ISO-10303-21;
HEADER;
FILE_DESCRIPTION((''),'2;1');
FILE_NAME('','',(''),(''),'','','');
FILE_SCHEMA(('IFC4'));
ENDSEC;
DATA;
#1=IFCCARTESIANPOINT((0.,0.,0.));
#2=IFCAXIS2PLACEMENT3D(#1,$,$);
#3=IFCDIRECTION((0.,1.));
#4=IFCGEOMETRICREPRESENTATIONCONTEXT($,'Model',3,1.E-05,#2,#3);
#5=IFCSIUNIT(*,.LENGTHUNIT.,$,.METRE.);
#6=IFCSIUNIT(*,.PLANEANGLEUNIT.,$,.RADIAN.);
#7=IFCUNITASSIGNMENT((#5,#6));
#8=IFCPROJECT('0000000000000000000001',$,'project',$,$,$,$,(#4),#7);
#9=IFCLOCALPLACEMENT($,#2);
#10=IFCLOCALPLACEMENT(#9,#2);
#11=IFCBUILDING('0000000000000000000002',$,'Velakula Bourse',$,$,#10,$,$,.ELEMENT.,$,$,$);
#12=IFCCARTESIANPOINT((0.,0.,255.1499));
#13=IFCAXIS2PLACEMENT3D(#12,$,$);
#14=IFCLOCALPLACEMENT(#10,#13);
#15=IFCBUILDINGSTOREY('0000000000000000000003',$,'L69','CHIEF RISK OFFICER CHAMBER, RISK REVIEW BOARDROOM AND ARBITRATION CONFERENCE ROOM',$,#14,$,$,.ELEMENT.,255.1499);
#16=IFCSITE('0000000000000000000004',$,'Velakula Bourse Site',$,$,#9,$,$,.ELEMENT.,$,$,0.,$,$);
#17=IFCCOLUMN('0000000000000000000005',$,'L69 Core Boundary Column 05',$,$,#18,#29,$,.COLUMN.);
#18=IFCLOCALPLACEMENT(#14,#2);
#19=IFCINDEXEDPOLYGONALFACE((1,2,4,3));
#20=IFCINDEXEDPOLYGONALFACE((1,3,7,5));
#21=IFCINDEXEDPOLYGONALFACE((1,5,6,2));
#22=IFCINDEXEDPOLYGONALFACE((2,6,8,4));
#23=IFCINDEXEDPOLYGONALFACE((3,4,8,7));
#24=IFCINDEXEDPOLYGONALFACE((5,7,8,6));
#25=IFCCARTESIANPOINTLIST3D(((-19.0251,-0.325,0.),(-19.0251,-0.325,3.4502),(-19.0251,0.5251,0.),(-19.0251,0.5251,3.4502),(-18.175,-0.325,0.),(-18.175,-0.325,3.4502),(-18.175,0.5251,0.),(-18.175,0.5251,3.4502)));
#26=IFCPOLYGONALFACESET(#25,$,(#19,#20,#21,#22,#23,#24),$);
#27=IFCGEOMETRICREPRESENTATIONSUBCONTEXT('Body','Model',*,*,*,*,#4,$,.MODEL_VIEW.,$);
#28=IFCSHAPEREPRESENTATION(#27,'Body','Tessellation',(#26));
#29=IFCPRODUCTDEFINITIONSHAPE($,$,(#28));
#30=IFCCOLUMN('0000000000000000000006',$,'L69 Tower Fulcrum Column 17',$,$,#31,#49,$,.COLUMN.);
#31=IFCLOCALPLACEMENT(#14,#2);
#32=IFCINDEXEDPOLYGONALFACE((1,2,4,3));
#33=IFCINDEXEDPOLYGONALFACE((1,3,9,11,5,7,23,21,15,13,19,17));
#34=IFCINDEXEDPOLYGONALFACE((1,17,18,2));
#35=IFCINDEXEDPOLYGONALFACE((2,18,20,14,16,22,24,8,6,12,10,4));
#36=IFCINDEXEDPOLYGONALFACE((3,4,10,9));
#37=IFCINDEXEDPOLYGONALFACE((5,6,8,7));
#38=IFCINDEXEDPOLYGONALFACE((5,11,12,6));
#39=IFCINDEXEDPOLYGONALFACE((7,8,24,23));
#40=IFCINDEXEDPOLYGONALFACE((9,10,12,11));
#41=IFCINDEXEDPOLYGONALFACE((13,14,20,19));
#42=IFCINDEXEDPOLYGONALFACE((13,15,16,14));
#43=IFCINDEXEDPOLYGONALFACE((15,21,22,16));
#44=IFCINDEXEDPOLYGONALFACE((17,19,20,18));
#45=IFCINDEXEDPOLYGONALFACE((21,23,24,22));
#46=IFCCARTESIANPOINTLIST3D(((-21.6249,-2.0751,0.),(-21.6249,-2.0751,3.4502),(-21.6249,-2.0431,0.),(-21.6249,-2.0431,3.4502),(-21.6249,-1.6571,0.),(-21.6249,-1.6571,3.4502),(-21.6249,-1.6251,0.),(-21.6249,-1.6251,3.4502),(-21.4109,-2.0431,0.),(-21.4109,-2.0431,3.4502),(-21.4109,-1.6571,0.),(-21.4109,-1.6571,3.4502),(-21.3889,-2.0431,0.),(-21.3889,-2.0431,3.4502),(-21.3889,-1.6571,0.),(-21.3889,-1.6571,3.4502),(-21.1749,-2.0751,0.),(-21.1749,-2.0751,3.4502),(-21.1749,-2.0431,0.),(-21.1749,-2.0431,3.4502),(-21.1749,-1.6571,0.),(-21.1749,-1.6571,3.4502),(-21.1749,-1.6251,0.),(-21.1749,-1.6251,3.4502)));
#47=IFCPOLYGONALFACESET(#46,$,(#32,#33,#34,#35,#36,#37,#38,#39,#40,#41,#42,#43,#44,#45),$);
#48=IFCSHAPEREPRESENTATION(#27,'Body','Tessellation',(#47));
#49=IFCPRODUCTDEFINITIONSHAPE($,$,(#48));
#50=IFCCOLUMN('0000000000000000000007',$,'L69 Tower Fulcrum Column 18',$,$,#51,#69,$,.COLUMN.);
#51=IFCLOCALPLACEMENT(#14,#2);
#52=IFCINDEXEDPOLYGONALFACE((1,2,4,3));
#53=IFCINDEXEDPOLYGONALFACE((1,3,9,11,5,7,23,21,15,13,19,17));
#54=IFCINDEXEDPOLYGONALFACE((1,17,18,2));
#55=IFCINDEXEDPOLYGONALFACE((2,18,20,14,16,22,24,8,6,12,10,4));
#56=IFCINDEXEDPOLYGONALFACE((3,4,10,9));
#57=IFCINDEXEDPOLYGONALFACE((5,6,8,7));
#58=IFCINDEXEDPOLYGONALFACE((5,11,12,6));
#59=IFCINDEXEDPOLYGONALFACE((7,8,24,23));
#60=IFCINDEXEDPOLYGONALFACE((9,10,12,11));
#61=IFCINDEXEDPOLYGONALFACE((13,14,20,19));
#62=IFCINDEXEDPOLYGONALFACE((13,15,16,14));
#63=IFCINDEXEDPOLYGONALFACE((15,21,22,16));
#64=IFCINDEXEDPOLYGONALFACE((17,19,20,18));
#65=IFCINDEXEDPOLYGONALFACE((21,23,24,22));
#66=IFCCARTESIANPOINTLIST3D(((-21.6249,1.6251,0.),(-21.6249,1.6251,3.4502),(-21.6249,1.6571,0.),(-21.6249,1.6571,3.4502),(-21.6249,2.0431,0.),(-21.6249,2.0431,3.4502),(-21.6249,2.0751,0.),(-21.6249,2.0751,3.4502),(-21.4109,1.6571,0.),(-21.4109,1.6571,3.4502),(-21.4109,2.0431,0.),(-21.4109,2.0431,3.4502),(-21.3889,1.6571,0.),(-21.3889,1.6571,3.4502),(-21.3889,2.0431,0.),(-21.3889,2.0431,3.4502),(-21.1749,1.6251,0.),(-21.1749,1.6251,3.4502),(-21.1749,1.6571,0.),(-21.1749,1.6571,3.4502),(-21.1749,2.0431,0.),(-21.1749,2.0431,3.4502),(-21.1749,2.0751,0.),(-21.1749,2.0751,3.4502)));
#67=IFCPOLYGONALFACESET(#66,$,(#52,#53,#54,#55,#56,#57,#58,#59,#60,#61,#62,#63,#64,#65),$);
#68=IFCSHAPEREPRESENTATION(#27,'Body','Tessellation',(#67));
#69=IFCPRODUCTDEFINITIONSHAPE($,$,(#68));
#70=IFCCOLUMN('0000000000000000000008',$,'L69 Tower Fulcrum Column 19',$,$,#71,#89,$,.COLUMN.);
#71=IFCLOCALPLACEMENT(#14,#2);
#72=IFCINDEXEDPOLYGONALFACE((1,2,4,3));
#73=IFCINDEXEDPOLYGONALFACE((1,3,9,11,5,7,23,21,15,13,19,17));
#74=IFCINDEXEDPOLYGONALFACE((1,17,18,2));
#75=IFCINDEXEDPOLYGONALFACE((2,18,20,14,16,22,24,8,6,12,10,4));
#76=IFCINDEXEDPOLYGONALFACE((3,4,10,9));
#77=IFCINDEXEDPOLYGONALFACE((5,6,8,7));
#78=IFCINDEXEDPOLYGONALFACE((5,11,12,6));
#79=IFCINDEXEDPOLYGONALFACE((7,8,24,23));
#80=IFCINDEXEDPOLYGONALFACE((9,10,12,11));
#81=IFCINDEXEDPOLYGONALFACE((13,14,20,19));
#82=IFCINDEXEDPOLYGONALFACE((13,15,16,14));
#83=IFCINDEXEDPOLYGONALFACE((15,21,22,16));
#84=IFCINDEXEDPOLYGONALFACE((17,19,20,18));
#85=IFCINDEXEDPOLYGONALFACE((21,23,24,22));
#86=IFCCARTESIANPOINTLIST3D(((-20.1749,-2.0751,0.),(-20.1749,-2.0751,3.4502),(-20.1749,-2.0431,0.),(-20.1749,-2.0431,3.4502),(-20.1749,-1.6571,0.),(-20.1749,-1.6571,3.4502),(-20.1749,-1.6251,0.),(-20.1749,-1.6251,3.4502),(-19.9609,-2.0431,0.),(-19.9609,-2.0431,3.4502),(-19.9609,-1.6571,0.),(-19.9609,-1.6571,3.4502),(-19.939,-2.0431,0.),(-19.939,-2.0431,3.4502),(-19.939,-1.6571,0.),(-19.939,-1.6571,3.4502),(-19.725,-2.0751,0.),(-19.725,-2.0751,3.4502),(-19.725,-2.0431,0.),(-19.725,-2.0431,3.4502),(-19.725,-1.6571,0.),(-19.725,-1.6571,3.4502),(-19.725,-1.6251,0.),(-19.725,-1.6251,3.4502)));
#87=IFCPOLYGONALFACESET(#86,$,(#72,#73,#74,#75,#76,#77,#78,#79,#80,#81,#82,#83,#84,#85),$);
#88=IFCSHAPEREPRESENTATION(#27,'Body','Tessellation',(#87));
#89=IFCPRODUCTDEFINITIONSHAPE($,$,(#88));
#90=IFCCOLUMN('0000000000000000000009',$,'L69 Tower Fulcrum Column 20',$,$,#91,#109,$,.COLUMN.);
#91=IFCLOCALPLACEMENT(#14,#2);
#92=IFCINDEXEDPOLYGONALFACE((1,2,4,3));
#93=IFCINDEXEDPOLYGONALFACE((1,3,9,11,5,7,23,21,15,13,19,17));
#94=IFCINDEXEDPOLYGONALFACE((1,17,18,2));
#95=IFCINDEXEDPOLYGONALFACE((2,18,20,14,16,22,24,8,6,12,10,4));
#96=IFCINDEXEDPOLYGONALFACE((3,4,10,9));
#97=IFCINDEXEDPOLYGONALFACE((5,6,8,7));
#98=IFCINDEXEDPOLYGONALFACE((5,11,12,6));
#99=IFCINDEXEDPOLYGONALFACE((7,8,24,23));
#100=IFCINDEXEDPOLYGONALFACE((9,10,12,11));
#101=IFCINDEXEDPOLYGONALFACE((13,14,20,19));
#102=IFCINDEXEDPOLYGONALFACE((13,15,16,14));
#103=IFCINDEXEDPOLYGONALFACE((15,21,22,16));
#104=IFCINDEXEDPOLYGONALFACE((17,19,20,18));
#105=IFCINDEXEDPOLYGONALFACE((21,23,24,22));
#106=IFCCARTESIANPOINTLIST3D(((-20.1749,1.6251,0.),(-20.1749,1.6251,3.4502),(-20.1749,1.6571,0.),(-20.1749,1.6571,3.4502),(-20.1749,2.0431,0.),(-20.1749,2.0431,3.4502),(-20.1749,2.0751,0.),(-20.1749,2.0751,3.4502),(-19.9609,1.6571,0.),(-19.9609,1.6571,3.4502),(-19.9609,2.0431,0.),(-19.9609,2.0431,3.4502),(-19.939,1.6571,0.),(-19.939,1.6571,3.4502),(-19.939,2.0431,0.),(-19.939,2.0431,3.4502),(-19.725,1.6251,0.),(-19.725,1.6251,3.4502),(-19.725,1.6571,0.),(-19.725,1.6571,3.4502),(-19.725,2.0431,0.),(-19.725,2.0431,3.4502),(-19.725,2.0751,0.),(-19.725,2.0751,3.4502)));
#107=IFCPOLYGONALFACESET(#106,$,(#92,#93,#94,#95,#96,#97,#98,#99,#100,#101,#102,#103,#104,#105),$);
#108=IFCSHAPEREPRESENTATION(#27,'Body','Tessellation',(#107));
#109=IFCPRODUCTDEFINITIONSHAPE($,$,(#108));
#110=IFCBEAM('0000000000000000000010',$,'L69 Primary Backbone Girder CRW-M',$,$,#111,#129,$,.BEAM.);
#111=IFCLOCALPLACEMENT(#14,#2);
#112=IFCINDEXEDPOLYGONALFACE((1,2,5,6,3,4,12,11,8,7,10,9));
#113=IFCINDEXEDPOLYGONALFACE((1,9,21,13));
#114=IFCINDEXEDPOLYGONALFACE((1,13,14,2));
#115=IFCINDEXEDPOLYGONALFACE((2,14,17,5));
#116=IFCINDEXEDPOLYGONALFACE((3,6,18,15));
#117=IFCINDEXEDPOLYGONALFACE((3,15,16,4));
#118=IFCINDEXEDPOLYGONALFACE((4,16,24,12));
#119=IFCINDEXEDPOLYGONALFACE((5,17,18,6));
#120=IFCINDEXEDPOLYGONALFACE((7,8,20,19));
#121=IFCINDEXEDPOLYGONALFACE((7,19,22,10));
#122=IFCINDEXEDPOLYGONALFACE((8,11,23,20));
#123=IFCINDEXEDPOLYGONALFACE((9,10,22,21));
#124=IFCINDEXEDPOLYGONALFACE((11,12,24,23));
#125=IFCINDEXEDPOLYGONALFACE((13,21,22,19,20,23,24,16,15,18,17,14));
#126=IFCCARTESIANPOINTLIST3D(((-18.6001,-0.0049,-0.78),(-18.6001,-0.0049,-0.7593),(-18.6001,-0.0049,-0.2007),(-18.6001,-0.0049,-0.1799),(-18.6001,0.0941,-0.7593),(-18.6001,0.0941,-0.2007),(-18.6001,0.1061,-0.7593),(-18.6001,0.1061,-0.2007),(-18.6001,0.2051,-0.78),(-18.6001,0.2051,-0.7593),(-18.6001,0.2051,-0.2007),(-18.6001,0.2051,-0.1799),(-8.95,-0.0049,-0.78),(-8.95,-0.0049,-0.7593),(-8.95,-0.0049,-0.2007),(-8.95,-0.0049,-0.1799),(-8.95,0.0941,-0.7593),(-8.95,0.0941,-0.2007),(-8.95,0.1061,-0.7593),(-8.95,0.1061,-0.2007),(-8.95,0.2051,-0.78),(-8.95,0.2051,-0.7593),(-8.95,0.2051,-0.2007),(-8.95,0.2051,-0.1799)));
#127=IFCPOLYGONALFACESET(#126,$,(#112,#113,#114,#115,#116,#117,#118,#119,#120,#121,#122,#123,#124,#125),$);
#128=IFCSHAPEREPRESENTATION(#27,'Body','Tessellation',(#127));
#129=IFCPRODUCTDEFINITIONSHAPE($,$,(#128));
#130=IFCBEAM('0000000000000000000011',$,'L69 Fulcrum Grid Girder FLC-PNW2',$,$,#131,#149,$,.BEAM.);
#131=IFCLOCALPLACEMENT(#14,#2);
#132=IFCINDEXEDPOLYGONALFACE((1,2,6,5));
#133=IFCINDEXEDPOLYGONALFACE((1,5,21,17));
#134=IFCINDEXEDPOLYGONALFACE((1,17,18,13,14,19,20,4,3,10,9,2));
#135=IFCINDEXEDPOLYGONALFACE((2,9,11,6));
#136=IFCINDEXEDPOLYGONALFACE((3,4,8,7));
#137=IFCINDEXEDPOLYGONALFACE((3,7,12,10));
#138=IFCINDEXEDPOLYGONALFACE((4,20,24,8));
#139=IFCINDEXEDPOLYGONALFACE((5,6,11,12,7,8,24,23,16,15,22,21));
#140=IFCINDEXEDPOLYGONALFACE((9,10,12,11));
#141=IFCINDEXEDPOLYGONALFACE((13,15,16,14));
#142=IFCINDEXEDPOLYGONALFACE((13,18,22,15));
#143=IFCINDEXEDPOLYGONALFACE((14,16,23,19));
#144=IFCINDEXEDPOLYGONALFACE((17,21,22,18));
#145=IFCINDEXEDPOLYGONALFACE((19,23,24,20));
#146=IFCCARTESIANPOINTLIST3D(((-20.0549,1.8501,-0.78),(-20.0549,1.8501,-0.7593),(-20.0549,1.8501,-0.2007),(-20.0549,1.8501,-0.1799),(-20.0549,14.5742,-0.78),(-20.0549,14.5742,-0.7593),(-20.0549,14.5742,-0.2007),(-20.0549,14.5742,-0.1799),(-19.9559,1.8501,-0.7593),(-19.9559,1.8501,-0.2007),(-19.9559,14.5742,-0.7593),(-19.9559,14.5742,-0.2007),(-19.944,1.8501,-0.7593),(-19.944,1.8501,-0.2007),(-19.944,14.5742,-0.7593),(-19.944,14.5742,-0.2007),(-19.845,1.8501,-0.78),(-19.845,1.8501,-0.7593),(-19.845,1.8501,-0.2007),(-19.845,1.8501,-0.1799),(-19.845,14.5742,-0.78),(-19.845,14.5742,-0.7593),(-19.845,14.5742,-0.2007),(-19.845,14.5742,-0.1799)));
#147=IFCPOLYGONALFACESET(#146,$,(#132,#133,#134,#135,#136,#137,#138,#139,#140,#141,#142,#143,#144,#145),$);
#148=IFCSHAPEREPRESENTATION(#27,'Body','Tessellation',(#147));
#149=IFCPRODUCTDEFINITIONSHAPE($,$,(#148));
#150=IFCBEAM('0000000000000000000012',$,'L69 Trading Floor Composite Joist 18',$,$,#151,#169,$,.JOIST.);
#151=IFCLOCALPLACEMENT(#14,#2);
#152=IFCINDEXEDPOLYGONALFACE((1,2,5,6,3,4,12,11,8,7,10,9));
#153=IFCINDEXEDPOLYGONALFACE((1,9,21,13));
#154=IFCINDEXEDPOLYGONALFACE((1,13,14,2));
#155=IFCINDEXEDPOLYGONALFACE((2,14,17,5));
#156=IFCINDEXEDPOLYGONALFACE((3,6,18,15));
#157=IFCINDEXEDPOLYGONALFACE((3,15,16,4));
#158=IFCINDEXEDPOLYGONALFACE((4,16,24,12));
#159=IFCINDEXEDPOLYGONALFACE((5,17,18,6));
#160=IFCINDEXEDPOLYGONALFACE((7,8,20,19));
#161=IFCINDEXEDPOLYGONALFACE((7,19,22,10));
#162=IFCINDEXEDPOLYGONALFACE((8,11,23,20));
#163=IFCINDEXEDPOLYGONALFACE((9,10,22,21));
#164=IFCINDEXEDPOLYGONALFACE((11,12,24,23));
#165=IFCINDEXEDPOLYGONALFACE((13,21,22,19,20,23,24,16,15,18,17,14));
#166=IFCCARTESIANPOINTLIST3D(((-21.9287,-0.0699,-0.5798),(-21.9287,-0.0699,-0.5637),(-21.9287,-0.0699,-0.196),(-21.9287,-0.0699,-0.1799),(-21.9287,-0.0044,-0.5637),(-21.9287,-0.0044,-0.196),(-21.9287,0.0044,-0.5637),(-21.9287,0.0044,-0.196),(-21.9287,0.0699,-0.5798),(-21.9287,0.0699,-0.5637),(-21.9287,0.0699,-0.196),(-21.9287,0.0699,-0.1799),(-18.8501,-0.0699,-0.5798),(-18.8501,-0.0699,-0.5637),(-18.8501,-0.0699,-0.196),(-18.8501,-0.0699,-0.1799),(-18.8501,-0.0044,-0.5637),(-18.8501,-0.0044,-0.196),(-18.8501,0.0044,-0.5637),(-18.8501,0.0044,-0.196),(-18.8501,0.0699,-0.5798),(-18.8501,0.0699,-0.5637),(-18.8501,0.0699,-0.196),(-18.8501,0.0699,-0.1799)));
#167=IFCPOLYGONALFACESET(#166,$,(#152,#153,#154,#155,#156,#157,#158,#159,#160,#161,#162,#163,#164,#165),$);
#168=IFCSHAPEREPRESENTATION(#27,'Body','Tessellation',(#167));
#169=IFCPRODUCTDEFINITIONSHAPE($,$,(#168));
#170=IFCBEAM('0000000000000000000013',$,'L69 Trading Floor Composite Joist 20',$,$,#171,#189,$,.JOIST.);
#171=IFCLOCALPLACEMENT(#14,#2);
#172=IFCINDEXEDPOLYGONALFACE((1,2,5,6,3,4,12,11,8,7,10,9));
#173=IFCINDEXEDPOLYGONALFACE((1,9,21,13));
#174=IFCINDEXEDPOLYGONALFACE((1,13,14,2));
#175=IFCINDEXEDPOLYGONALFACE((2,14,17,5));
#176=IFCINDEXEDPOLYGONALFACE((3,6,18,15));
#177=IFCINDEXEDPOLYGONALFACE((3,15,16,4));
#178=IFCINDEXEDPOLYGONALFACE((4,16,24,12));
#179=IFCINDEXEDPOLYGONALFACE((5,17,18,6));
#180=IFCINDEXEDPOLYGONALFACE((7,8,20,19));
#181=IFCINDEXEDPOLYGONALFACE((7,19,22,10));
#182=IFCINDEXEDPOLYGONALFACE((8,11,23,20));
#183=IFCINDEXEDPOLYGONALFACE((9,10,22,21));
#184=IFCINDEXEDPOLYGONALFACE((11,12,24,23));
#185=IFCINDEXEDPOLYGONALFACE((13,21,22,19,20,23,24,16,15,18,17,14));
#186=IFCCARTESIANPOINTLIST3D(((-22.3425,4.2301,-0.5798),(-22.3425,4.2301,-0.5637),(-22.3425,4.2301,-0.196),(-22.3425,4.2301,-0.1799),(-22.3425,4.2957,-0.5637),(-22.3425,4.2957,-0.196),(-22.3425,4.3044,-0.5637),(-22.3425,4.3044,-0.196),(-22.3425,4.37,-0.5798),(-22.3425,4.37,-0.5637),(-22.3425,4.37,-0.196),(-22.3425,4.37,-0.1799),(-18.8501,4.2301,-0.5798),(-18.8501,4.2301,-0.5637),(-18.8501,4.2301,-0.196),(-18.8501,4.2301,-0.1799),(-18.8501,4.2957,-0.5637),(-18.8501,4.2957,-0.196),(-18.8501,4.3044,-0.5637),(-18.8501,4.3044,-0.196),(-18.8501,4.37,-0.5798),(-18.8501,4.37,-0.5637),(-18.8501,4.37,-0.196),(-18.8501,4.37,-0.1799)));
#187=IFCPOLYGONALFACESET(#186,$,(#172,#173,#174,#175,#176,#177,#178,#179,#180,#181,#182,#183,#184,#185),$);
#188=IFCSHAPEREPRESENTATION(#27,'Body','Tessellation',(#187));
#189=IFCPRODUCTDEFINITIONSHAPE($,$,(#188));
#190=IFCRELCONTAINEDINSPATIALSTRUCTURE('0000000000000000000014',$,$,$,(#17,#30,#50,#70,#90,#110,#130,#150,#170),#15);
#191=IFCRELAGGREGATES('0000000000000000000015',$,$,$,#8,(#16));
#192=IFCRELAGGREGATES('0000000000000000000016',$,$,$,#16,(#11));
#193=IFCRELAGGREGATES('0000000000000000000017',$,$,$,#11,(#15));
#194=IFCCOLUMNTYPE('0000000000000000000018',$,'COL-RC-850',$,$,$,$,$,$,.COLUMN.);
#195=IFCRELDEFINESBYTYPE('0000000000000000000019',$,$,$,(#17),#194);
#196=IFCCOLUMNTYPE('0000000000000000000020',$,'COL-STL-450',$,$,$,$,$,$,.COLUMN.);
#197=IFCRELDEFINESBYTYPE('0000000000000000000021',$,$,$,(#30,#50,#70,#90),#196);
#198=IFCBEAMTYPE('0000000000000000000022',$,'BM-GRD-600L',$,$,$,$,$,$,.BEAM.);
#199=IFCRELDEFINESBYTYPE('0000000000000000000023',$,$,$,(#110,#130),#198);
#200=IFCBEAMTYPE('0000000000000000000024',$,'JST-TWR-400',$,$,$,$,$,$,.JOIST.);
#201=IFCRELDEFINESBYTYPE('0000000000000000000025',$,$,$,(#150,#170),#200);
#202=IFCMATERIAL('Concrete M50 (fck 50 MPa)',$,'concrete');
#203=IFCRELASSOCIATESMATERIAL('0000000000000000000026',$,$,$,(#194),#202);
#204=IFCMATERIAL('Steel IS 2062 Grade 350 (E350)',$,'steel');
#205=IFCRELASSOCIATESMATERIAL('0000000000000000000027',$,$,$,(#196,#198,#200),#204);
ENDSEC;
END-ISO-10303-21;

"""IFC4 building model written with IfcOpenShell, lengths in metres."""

from ifc_helpers import new_model, si_unit, direction, frame, origin, origin_2d, place, context, subcontext, project, spatial, rectangle, i_section, extrude, material, material_profile, profile_set, type_object, element, save


model = new_model("IFC4")

# Units and contexts
model_context = context("Model", 3, precision=1e-05, world=origin(), true_north=direction((0.0, 1.0)))
body_context = subcontext(model_context, "Body", "Model", "MODEL_VIEW")
ifc_project = project(units=[si_unit("LENGTHUNIT", "METRE"), si_unit("PLANEANGLEUNIT", "RADIAN")], contexts=[model_context])

# Site, building, storey
site_placement = place(None, origin())
site = spatial("IfcSite", under=ifc_project, at=site_placement, Name="Velakula Bourse Site", CompositionType="ELEMENT", RefElevation=0.0)
building_placement = place(site_placement, origin())
building = spatial("IfcBuilding", under=site, at=building_placement, Name="Velakula Bourse", CompositionType="ELEMENT")
storey_placement = place(building_placement, frame((0.0, 0.0, 255.1499)))
storey = spatial("IfcBuildingStorey", under=building, at=storey_placement, Name="L69", Description="CHIEF RISK OFFICER CHAMBER, RISK REVIEW BOARDROOM AND ARBITRATION CONFERENCE ROOM", CompositionType="ELEMENT", Elevation=255.1499)

# Columns
ifc_material_1 = material(Name="Concrete M50 (fck 50 MPa)", Category="concrete")
ifc_material_profile_1 = material_profile(ifc_material_1, rectangle(XDim=0.8501, YDim=0.8501, at=origin_2d()), Name="Concrete M50 (fck 50 MPa)")
ifc_profile_set_1 = profile_set([ifc_material_profile_1], Name="Concrete M50 (fck 50 MPa)")
column_type_1 = type_object("IfcColumnType", Name="COL-RC-850", PredefinedType="COLUMN", material=ifc_profile_set_1)
column_placement = place(storey_placement, frame((-18.6001, 0.1001, 0.0), z_axis=(0.0, 0.0, 1.0), x_axis=(1.0, 0.0, 0.0)))
element("IfcColumn", 1, at=column_placement, inside=storey, type_object=column_type_1, Name="L69 Core Boundary Column 05", PredefinedType="COLUMN", context=body_context, shape_type="SweptSolid", body=[
    extrude(rectangle(XDim=0.8501, YDim=0.8501, at=origin_2d()), origin(), (0.0, 0.0, 1.0), 3.4502),
])
ifc_material_2 = material(Name="Steel IS 2062 Grade 350 (E350)", Category="steel")
ifc_material_profile_2 = material_profile(ifc_material_2, i_section(OverallWidth=0.45, OverallDepth=0.45, WebThickness=0.022, FlangeThickness=0.032, at=origin_2d()), Name="Steel IS 2062 Grade 350 (E350)")
ifc_profile_set_2 = profile_set([ifc_material_profile_2], Name="Steel IS 2062 Grade 350 (E350)")
column_type_2 = type_object("IfcColumnType", Name="COL-STL-450", PredefinedType="COLUMN", material=ifc_profile_set_2)
for number, where, z_axis, x_axis, name in (
    (2, (-21.3999, -1.8501, 0.0), (0.0, 0.0, 1.0), (1.0, 0.0, 0.0), "L69 Tower Fulcrum Column 17"),
    (3, (-21.3999, 1.8501, 0.0), (0.0, 0.0, 1.0), (1.0, 0.0, 0.0), "L69 Tower Fulcrum Column 18"),
    (4, (-19.95, -1.8501, 0.0), (0.0, 0.0, 1.0), (1.0, 0.0, 0.0), "L69 Tower Fulcrum Column 19"),
    (5, (-19.95, 1.8501, 0.0), (0.0, 0.0, 1.0), (1.0, 0.0, 0.0), "L69 Tower Fulcrum Column 20"),
):
    element("IfcColumn", number, at=place(storey_placement, frame(where, z_axis=z_axis, x_axis=x_axis)), inside=storey, type_object=column_type_2, Name=name, PredefinedType="COLUMN", context=body_context, shape_type="SweptSolid", body=[
        extrude(i_section(OverallWidth=0.45, OverallDepth=0.45, WebThickness=0.022, FlangeThickness=0.032, at=origin_2d()), origin(), (0.0, 0.0, 1.0), 3.4502),
    ])

# Beams
ifc_material_profile_3 = material_profile(ifc_material_2, i_section(OverallWidth=0.21, OverallDepth=0.6001, WebThickness=0.012, FlangeThickness=0.0208, at=origin_2d()), Name="Steel IS 2062 Grade 350 (E350)")
ifc_profile_set_3 = profile_set([ifc_material_profile_3], Name="Steel IS 2062 Grade 350 (E350)")
beam_type_1 = type_object("IfcBeamType", Name="BM-GRD-600L", PredefinedType="BEAM", material=ifc_profile_set_3)
beam_1_placement = place(storey_placement, frame((-18.6001, 0.1001, -0.48), z_axis=(1.0, 0.0, 0.0), x_axis=(0.0, 1.0, 0.0)))
element("IfcBeam", 6, at=beam_1_placement, inside=storey, type_object=beam_type_1, Name="L69 Primary Backbone Girder CRW-M", PredefinedType="BEAM", context=body_context, shape_type="SweptSolid", body=[
    extrude(i_section(OverallWidth=0.21, OverallDepth=0.6001, WebThickness=0.012, FlangeThickness=0.0208, at=origin_2d()), origin(), (0.0, 0.0, 1.0), 9.6501),
])
beam_2_placement = place(storey_placement, frame((-19.95, 1.8501, -0.48), z_axis=(0.0, 1.0, 0.0), x_axis=(-1.0, 0.0, 0.0)))
element("IfcBeam", 7, at=beam_2_placement, inside=storey, type_object=beam_type_1, Name="L69 Fulcrum Grid Girder FLC-PNW2", PredefinedType="BEAM", context=body_context, shape_type="SweptSolid", body=[
    extrude(i_section(OverallWidth=0.21, OverallDepth=0.6001, WebThickness=0.012, FlangeThickness=0.0208, at=origin_2d()), origin(), (0.0, 0.0, 1.0), 12.7241),
])
ifc_material_profile_4 = material_profile(ifc_material_2, i_section(OverallWidth=0.1399, OverallDepth=0.3999, WebThickness=0.0088, FlangeThickness=0.0161, at=origin_2d()), Name="Steel IS 2062 Grade 350 (E350)")
ifc_profile_set_4 = profile_set([ifc_material_profile_4], Name="Steel IS 2062 Grade 350 (E350)")
beam_type_2 = type_object("IfcBeamType", Name="JST-TWR-400", PredefinedType="JOIST", material=ifc_profile_set_4)
beam_3_placement = place(storey_placement, frame((-21.9287, 0.0, -0.3799), z_axis=(1.0, 0.0, 0.0), x_axis=(0.0, 1.0, 0.0)))
element("IfcBeam", 8, at=beam_3_placement, inside=storey, type_object=beam_type_2, Name="L69 Trading Floor Composite Joist 18", PredefinedType="JOIST", context=body_context, shape_type="SweptSolid", body=[
    extrude(i_section(OverallWidth=0.1399, OverallDepth=0.3999, WebThickness=0.0088, FlangeThickness=0.0161, at=origin_2d()), origin(), (0.0, 0.0, 1.0), 3.0786),
])
beam_4_placement = place(storey_placement, frame((-22.3425, 4.3, -0.3799), z_axis=(1.0, 0.0, 0.0), x_axis=(0.0, 1.0, 0.0)))
element("IfcBeam", 9, at=beam_4_placement, inside=storey, type_object=beam_type_2, Name="L69 Trading Floor Composite Joist 20", PredefinedType="JOIST", context=body_context, shape_type="SweptSolid", body=[
    extrude(i_section(OverallWidth=0.1399, OverallDepth=0.3999, WebThickness=0.0088, FlangeThickness=0.0161, at=origin_2d()), origin(), (0.0, 0.0, 1.0), 3.4924),
])

save(model, "model.ifc")
